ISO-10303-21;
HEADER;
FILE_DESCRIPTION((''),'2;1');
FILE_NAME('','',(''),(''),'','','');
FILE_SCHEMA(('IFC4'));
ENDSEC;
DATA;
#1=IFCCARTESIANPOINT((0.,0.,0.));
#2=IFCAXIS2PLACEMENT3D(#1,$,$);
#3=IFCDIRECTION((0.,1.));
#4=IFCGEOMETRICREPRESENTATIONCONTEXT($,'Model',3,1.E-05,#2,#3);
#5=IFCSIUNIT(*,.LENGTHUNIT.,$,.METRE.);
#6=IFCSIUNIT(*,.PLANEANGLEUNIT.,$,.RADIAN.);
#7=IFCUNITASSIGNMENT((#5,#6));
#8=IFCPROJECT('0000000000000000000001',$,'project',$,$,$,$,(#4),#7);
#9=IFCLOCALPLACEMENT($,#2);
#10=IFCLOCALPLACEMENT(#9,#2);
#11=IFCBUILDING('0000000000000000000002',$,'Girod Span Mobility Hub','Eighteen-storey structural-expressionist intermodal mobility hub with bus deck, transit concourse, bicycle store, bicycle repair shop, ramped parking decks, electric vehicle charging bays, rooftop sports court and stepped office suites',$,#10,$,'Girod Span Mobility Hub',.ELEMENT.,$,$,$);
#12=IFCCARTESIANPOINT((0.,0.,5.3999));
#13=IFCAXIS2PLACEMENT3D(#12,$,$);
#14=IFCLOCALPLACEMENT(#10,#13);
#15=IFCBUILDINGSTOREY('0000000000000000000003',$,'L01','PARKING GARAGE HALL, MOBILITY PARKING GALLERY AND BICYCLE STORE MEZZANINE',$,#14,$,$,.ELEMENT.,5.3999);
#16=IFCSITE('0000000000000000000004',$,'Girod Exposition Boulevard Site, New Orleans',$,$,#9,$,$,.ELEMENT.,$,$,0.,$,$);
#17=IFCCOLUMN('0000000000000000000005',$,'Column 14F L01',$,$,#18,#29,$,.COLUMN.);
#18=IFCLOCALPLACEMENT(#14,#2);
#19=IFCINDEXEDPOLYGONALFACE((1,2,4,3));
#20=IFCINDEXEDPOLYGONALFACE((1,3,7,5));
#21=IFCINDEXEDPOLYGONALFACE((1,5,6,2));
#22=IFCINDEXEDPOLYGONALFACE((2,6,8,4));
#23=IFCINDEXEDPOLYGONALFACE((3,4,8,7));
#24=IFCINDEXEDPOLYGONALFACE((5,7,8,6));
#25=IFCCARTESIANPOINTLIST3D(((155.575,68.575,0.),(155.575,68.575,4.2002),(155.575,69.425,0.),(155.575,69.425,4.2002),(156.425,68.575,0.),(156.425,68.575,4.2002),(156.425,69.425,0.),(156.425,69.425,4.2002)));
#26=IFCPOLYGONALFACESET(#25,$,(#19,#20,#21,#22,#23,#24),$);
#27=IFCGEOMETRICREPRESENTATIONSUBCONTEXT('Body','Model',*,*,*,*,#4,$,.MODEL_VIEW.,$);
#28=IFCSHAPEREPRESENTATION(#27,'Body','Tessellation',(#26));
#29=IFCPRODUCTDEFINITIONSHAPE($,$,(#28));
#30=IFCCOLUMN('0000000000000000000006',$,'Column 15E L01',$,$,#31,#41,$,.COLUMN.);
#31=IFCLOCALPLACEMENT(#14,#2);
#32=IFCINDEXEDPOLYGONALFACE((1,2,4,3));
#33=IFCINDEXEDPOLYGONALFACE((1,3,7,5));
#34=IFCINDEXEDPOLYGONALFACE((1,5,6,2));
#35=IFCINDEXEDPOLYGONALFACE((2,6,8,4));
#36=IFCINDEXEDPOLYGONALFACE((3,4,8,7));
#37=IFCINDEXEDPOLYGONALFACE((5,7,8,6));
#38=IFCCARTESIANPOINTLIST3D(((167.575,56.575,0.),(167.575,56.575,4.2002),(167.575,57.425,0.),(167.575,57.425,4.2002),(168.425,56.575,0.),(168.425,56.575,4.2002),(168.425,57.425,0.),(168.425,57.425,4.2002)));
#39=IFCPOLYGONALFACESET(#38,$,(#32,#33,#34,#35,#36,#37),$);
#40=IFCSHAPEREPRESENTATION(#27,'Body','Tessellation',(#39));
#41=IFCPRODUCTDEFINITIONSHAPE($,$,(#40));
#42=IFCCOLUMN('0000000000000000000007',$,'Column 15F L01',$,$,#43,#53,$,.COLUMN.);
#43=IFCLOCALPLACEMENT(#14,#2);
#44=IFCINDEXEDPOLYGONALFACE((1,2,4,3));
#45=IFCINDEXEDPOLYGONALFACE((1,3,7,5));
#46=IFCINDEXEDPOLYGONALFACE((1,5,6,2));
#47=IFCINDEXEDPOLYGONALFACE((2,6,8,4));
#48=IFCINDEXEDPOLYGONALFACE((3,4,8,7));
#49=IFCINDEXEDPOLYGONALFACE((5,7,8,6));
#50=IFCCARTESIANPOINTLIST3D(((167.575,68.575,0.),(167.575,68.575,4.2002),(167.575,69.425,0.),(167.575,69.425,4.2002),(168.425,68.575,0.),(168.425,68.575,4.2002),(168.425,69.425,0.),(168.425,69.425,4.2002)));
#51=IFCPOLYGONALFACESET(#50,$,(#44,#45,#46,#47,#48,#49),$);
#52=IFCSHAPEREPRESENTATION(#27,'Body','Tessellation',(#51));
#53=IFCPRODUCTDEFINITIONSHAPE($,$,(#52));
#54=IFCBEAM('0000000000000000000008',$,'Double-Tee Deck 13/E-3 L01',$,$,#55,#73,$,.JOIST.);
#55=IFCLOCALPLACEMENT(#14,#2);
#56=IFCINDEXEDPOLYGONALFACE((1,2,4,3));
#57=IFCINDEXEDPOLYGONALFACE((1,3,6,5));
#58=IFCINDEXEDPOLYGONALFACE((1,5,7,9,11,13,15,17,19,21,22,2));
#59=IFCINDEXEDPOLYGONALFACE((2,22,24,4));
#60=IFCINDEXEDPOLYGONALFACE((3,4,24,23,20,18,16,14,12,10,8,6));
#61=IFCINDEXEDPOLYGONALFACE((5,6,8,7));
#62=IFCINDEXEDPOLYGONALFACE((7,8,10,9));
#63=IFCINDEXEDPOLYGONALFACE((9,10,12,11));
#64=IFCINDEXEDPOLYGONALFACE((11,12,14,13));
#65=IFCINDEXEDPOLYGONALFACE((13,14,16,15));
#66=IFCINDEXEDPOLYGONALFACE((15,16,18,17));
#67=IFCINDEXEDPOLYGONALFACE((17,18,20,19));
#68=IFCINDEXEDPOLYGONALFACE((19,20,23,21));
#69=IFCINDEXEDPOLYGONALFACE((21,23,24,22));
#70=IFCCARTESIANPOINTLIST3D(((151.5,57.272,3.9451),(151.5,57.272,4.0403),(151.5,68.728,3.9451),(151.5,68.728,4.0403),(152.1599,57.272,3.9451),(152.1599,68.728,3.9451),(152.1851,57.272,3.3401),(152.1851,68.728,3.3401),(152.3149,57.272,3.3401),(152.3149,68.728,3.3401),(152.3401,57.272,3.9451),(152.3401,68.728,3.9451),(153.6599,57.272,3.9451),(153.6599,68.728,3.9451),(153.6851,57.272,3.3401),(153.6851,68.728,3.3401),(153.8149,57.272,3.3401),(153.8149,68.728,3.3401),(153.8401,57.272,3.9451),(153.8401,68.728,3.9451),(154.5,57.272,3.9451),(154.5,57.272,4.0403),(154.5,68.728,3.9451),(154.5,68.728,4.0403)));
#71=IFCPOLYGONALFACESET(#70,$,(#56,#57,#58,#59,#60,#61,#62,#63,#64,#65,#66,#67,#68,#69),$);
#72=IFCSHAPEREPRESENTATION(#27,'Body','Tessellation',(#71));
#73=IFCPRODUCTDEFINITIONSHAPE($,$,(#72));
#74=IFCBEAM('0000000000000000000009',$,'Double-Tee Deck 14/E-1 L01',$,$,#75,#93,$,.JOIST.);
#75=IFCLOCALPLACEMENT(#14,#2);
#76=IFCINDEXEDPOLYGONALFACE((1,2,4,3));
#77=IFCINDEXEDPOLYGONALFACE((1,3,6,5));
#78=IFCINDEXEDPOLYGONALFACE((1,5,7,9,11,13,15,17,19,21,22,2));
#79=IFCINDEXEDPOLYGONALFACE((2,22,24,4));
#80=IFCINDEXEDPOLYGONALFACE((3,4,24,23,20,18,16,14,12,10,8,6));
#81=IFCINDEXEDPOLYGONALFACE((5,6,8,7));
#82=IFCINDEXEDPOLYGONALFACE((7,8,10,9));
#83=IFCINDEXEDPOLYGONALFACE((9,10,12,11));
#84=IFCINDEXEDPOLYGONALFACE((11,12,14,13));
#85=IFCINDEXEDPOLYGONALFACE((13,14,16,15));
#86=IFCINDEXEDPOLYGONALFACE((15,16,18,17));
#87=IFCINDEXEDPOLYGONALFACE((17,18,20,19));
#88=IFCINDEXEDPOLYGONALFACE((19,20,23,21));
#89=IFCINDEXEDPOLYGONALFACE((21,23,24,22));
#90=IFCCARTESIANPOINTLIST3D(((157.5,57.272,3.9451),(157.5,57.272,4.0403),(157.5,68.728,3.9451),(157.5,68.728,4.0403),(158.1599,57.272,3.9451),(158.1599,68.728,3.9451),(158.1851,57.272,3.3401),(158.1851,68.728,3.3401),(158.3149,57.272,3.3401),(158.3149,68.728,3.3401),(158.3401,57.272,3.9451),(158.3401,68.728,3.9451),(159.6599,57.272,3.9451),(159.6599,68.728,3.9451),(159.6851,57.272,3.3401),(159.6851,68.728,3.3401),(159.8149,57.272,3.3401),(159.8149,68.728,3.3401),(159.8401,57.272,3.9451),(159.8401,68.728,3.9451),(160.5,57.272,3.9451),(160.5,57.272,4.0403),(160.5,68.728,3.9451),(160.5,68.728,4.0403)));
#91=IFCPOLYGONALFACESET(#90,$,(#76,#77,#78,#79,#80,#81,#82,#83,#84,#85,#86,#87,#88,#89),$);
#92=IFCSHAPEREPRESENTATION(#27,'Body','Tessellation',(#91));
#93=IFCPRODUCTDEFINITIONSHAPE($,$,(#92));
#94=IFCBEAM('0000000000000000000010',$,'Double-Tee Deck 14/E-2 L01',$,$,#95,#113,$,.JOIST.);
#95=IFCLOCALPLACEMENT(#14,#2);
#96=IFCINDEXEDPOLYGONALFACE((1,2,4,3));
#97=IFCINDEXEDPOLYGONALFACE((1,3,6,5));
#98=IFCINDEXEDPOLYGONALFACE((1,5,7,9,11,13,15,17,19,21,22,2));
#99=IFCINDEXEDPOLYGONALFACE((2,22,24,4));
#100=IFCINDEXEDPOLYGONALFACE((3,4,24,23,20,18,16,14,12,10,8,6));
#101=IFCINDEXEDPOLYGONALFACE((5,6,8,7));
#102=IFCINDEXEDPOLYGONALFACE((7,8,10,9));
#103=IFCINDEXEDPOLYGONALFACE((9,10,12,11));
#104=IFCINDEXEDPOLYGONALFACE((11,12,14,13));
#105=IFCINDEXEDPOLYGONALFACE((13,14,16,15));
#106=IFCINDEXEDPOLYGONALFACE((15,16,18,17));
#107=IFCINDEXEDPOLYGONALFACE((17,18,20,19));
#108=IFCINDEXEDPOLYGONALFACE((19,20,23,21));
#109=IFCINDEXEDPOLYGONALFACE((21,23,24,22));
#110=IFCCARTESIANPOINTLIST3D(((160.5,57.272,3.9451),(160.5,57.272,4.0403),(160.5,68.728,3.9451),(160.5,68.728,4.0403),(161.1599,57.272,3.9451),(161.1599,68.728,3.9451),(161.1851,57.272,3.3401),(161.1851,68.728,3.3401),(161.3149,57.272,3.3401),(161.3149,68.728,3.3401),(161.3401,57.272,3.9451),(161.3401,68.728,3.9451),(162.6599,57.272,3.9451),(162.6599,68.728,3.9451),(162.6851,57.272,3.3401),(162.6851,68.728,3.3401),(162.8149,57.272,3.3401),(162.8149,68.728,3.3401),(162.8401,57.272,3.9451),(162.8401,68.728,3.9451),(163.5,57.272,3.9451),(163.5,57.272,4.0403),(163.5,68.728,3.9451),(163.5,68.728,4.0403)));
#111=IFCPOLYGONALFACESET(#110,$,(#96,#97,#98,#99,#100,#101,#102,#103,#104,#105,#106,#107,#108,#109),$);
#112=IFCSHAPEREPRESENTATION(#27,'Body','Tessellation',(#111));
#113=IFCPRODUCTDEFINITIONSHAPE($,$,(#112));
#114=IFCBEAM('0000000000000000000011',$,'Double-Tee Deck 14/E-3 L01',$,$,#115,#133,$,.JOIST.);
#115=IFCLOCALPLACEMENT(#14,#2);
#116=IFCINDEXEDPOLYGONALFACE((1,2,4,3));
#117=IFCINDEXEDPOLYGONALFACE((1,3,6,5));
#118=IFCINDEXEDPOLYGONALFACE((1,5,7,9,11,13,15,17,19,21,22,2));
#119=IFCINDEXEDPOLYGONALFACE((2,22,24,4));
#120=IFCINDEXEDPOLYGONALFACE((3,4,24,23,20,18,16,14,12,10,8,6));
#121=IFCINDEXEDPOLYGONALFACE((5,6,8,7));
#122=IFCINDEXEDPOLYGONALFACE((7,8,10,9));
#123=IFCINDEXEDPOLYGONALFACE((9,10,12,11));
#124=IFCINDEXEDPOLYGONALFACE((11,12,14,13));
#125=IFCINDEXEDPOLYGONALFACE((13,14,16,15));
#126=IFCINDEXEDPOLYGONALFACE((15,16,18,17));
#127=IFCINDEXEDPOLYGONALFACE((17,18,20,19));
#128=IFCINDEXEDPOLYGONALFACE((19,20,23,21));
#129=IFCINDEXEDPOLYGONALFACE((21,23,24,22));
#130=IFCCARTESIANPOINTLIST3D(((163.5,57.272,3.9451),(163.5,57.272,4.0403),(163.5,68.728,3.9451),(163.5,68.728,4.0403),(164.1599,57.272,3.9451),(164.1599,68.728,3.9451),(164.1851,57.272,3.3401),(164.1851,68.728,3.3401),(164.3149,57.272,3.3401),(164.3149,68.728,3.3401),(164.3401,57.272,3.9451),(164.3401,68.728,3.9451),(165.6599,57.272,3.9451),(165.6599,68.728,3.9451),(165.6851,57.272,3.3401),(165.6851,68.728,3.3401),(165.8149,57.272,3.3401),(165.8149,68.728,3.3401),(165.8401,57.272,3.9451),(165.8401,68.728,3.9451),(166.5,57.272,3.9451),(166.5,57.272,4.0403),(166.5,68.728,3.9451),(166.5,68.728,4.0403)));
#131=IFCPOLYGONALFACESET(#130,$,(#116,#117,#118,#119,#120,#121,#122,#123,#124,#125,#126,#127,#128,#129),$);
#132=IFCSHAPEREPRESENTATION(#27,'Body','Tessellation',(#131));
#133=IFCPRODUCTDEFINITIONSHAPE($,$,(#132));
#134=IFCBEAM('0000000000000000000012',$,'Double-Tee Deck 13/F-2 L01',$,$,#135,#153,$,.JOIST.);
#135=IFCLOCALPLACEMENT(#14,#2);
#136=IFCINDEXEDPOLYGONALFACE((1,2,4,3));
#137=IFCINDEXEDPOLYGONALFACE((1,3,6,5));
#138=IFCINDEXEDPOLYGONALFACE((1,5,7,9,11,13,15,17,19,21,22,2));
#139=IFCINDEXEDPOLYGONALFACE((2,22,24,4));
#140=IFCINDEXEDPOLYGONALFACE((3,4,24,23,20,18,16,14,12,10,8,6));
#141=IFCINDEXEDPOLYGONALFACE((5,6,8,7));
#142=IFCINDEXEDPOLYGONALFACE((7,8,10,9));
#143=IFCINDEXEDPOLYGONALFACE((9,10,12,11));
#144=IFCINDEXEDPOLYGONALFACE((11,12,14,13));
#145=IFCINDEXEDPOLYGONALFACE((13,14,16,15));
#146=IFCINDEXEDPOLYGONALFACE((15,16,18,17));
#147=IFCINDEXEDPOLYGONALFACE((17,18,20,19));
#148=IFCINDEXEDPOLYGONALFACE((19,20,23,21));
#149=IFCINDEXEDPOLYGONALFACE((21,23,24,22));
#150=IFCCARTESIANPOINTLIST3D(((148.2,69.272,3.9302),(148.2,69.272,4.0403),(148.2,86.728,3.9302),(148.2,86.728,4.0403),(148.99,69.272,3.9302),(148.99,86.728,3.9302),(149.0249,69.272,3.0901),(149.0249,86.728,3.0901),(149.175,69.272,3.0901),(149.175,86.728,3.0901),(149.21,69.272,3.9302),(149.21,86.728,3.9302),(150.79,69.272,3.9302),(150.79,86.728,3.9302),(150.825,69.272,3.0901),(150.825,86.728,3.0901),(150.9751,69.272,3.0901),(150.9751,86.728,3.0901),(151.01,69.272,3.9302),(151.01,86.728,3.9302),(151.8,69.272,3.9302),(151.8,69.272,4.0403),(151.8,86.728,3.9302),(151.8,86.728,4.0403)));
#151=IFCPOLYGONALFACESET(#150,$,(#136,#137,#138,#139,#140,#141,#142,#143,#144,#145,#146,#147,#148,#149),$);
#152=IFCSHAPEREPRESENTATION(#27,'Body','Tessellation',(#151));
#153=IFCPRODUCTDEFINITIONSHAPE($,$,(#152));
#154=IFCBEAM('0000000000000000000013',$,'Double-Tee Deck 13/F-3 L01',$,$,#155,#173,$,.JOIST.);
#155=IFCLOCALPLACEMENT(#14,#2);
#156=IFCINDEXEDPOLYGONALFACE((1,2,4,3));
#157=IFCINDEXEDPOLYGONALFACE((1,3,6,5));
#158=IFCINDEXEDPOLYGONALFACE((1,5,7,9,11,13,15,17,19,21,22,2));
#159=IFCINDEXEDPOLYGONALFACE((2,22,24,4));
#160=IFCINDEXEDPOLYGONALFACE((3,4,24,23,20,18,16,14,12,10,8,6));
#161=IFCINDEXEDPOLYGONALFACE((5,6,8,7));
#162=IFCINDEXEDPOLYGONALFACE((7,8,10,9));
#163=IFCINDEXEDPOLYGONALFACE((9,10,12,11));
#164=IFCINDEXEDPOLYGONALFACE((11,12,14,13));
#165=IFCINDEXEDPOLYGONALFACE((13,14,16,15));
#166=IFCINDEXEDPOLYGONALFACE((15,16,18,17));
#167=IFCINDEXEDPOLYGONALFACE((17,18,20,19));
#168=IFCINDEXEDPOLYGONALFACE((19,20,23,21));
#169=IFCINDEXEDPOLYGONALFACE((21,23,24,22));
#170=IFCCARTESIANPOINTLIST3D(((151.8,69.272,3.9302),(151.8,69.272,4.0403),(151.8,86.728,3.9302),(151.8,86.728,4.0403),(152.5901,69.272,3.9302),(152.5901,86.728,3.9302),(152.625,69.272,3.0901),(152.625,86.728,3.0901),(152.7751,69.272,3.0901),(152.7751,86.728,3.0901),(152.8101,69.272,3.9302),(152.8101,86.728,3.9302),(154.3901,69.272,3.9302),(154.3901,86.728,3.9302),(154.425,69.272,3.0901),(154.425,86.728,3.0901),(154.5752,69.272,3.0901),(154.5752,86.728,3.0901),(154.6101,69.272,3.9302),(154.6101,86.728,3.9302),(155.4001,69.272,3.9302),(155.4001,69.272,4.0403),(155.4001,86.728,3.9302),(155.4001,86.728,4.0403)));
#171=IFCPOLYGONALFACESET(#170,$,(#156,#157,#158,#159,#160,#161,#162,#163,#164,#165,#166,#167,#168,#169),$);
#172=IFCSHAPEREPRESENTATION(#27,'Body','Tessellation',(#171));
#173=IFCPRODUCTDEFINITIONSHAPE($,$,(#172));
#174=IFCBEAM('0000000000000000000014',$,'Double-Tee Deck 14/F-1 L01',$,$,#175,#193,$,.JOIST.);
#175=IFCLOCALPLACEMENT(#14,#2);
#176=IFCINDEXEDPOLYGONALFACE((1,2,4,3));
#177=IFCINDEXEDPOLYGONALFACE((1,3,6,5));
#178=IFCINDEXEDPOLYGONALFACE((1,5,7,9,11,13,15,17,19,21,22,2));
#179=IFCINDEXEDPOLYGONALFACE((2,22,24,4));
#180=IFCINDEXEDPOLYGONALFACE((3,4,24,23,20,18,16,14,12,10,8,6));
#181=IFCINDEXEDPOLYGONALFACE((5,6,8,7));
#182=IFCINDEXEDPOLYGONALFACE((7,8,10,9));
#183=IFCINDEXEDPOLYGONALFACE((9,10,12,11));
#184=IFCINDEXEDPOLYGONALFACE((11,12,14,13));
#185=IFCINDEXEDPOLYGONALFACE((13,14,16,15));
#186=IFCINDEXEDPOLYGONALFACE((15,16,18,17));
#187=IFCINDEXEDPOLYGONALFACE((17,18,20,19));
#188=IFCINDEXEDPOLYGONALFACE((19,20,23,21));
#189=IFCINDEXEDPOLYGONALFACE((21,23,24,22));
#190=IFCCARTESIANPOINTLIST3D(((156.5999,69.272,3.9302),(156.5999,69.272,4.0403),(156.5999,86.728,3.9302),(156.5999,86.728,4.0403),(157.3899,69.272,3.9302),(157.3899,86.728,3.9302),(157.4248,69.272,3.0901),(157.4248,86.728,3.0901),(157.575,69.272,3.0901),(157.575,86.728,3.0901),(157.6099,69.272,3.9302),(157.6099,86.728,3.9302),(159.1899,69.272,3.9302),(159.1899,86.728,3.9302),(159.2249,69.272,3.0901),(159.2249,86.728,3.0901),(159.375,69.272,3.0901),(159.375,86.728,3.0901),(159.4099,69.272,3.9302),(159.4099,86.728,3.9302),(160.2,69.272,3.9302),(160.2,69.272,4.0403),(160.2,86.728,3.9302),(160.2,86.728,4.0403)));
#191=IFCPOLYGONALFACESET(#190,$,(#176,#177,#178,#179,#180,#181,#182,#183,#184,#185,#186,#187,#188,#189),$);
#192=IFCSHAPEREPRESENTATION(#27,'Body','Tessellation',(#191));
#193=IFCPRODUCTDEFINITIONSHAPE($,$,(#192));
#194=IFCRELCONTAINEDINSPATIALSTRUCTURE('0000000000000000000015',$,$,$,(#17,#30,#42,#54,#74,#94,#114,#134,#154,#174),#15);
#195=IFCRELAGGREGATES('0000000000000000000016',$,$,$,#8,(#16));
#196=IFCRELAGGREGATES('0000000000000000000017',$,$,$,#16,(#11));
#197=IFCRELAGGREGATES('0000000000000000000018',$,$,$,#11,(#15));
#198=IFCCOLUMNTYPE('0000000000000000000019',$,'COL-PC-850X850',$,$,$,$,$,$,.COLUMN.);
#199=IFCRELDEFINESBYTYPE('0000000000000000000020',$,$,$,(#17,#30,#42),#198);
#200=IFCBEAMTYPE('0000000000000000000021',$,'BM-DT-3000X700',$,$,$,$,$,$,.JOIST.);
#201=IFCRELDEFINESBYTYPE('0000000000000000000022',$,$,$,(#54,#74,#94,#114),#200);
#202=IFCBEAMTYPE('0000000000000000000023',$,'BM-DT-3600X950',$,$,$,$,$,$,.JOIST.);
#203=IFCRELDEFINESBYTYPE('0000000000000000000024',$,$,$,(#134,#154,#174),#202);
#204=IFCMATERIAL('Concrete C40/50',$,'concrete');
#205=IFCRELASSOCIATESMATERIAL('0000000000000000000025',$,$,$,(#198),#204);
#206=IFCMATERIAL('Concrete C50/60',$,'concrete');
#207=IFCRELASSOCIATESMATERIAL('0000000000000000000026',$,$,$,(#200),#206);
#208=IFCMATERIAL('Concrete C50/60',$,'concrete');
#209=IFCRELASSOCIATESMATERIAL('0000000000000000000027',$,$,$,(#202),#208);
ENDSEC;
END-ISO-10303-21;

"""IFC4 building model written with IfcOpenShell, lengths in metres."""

from ifc_helpers import new_model, si_unit, direction, frame, origin, origin_2d, place, context, subcontext, project, spatial, polyline, rectangle, outline, extrude, material, material_profile, profile_set, type_object, element, save


model = new_model("IFC4")

# Units and contexts
model_context = context("Model", 3, precision=1e-05, world=origin(), true_north=direction((0.0, 1.0)))
body_context = subcontext(model_context, "Body", "Model", "MODEL_VIEW")
ifc_project = project(units=[si_unit("LENGTHUNIT", "METRE"), si_unit("PLANEANGLEUNIT", "RADIAN")], contexts=[model_context])

# Site, building, storey
site_placement = place(None, origin())
site = spatial("IfcSite", under=ifc_project, at=site_placement, Name="Girod Exposition Boulevard Site, New Orleans", CompositionType="ELEMENT", RefElevation=0.0)
building_placement = place(site_placement, origin())
building = spatial("IfcBuilding", under=site, at=building_placement, Name="Girod Span Mobility Hub", Description="Eighteen-storey structural-expressionist intermodal mobility hub with bus deck, transit concourse, bicycle store, bicycle repair shop, ramped parking decks, electric vehicle charging bays, rooftop sports court and stepped office suites", LongName="Girod Span Mobility Hub", CompositionType="ELEMENT")
storey_placement = place(building_placement, frame((0.0, 0.0, 5.3999)))
storey = spatial("IfcBuildingStorey", under=building, at=storey_placement, Name="L01", Description="PARKING GARAGE HALL, MOBILITY PARKING GALLERY AND BICYCLE STORE MEZZANINE", CompositionType="ELEMENT", Elevation=5.3999)

# Columns
ifc_material_1 = material(Name="Concrete C40/50", Category="concrete")
ifc_material_profile_1 = material_profile(ifc_material_1, rectangle(XDim=0.8501, YDim=0.8501, at=origin_2d()), Name="PC-COL-850X850")
ifc_profile_set_1 = profile_set([ifc_material_profile_1], Name="Concrete C40/50")
column_type = type_object("IfcColumnType", Name="COL-PC-850X850", PredefinedType="COLUMN", material=ifc_profile_set_1)
for number, where, z_axis, x_axis, name in (
    (1, (156.0, 69.0, 0.0), (0.0, 0.0, 1.0), (1.0, 0.0, 0.0), "Column 14F L01"),
    (2, (168.0, 57.0, 0.0), (0.0, 0.0, 1.0), (1.0, 0.0, 0.0), "Column 15E L01"),
    (3, (168.0, 69.0, 0.0), (0.0, 0.0, 1.0), (1.0, 0.0, 0.0), "Column 15F L01"),
):
    element("IfcColumn", number, at=place(storey_placement, frame(where, z_axis=z_axis, x_axis=x_axis)), inside=storey, type_object=column_type, Name=name, PredefinedType="COLUMN", context=body_context, shape_type="SweptSolid", body=[
        extrude(rectangle(XDim=0.8501, YDim=0.8501, at=origin_2d()), origin(), (0.0, 0.0, 1.0), 4.2002),
    ])

# Beams
ifc_material_2 = material(Name="Concrete C50/60", Category="concrete")
ifc_material_profile_2 = material_profile(ifc_material_2, outline(polyline([(-1.5, 0.3501), (-1.5, 0.2549), (-0.8401, 0.2549), (-0.8149, -0.3501), (-0.6851, -0.3501), (-0.6599, 0.2549), (0.6599, 0.2549), (0.6851, -0.3501), (0.8149, -0.3501), (0.8401, 0.2549), (1.5, 0.2549), (1.5, 0.3501), (-1.5, 0.3501)])), Name="DT-3000X700")
ifc_profile_set_2 = profile_set([ifc_material_profile_2], Name="Concrete C50/60")
beam_type_1 = type_object("IfcBeamType", Name="BM-DT-3000X700", PredefinedType="JOIST", material=ifc_profile_set_2)
for number, where, z_axis, x_axis, name in (
    (4, (153.0, 57.272, 3.6902), (0.0, 1.0, 0.0), (-1.0, 0.0, 0.0), "Double-Tee Deck 13/E-3 L01"),
    (5, (159.0, 57.272, 3.6902), (0.0, 1.0, 0.0), (-1.0, 0.0, 0.0), "Double-Tee Deck 14/E-1 L01"),
    (6, (162.0, 57.272, 3.6902), (0.0, 1.0, 0.0), (-1.0, 0.0, 0.0), "Double-Tee Deck 14/E-2 L01"),
    (7, (165.0, 57.272, 3.6902), (0.0, 1.0, 0.0), (-1.0, 0.0, 0.0), "Double-Tee Deck 14/E-3 L01"),
):
    element("IfcBeam", number, at=place(storey_placement, frame(where, z_axis=z_axis, x_axis=x_axis)), inside=storey, type_object=beam_type_1, Name=name, PredefinedType="JOIST", context=body_context, shape_type="SweptSolid", body=[
        extrude(outline(polyline([(-1.5, 0.3501), (-1.5, 0.2549), (-0.8401, 0.2549), (-0.8149, -0.3501), (-0.6851, -0.3501), (-0.6599, 0.2549), (0.6599, 0.2549), (0.6851, -0.3501), (0.8149, -0.3501), (0.8401, 0.2549), (1.5, 0.2549), (1.5, 0.3501), (-1.5, 0.3501)])), origin(), (0.0, 0.0, 1.0), 11.4561),
    ])
ifc_material_3 = material(Name="Concrete C50/60", Category="concrete")
ifc_material_profile_3 = material_profile(ifc_material_3, outline(polyline([(-1.8, 0.4751), (-1.8, 0.365), (-1.01, 0.365), (-0.9751, -0.4751), (-0.825, -0.4751), (-0.79, 0.365), (0.79, 0.365), (0.825, -0.4751), (0.9751, -0.4751), (1.01, 0.365), (1.8, 0.365), (1.8, 0.4751), (-1.8, 0.4751)])), Name="DT-3600X950")
ifc_profile_set_3 = profile_set([ifc_material_profile_3], Name="Concrete C50/60")
beam_type_2 = type_object("IfcBeamType", Name="BM-DT-3600X950", PredefinedType="JOIST", material=ifc_profile_set_3)
for number, where, z_axis, x_axis, name in (
    (8, (150.0, 69.272, 3.5652), (0.0, 1.0, 0.0), (-1.0, 0.0, 0.0), "Double-Tee Deck 13/F-2 L01"),
    (9, (153.6001, 69.272, 3.5652), (0.0, 1.0, 0.0), (-1.0, 0.0, 0.0), "Double-Tee Deck 13/F-3 L01"),
    (10, (158.3999, 69.272, 3.5652), (0.0, 1.0, 0.0), (-1.0, 0.0, 0.0), "Double-Tee Deck 14/F-1 L01"),
):
    element("IfcBeam", number, at=place(storey_placement, frame(where, z_axis=z_axis, x_axis=x_axis)), inside=storey, type_object=beam_type_2, Name=name, PredefinedType="JOIST", context=body_context, shape_type="SweptSolid", body=[
        extrude(outline(polyline([(-1.8, 0.4751), (-1.8, 0.365), (-1.01, 0.365), (-0.9751, -0.4751), (-0.825, -0.4751), (-0.79, 0.365), (0.79, 0.365), (0.825, -0.4751), (0.9751, -0.4751), (1.01, 0.365), (1.8, 0.365), (1.8, 0.4751), (-1.8, 0.4751)])), origin(), (0.0, 0.0, 1.0), 17.4561),
    ])

save(model, "model.ifc")
